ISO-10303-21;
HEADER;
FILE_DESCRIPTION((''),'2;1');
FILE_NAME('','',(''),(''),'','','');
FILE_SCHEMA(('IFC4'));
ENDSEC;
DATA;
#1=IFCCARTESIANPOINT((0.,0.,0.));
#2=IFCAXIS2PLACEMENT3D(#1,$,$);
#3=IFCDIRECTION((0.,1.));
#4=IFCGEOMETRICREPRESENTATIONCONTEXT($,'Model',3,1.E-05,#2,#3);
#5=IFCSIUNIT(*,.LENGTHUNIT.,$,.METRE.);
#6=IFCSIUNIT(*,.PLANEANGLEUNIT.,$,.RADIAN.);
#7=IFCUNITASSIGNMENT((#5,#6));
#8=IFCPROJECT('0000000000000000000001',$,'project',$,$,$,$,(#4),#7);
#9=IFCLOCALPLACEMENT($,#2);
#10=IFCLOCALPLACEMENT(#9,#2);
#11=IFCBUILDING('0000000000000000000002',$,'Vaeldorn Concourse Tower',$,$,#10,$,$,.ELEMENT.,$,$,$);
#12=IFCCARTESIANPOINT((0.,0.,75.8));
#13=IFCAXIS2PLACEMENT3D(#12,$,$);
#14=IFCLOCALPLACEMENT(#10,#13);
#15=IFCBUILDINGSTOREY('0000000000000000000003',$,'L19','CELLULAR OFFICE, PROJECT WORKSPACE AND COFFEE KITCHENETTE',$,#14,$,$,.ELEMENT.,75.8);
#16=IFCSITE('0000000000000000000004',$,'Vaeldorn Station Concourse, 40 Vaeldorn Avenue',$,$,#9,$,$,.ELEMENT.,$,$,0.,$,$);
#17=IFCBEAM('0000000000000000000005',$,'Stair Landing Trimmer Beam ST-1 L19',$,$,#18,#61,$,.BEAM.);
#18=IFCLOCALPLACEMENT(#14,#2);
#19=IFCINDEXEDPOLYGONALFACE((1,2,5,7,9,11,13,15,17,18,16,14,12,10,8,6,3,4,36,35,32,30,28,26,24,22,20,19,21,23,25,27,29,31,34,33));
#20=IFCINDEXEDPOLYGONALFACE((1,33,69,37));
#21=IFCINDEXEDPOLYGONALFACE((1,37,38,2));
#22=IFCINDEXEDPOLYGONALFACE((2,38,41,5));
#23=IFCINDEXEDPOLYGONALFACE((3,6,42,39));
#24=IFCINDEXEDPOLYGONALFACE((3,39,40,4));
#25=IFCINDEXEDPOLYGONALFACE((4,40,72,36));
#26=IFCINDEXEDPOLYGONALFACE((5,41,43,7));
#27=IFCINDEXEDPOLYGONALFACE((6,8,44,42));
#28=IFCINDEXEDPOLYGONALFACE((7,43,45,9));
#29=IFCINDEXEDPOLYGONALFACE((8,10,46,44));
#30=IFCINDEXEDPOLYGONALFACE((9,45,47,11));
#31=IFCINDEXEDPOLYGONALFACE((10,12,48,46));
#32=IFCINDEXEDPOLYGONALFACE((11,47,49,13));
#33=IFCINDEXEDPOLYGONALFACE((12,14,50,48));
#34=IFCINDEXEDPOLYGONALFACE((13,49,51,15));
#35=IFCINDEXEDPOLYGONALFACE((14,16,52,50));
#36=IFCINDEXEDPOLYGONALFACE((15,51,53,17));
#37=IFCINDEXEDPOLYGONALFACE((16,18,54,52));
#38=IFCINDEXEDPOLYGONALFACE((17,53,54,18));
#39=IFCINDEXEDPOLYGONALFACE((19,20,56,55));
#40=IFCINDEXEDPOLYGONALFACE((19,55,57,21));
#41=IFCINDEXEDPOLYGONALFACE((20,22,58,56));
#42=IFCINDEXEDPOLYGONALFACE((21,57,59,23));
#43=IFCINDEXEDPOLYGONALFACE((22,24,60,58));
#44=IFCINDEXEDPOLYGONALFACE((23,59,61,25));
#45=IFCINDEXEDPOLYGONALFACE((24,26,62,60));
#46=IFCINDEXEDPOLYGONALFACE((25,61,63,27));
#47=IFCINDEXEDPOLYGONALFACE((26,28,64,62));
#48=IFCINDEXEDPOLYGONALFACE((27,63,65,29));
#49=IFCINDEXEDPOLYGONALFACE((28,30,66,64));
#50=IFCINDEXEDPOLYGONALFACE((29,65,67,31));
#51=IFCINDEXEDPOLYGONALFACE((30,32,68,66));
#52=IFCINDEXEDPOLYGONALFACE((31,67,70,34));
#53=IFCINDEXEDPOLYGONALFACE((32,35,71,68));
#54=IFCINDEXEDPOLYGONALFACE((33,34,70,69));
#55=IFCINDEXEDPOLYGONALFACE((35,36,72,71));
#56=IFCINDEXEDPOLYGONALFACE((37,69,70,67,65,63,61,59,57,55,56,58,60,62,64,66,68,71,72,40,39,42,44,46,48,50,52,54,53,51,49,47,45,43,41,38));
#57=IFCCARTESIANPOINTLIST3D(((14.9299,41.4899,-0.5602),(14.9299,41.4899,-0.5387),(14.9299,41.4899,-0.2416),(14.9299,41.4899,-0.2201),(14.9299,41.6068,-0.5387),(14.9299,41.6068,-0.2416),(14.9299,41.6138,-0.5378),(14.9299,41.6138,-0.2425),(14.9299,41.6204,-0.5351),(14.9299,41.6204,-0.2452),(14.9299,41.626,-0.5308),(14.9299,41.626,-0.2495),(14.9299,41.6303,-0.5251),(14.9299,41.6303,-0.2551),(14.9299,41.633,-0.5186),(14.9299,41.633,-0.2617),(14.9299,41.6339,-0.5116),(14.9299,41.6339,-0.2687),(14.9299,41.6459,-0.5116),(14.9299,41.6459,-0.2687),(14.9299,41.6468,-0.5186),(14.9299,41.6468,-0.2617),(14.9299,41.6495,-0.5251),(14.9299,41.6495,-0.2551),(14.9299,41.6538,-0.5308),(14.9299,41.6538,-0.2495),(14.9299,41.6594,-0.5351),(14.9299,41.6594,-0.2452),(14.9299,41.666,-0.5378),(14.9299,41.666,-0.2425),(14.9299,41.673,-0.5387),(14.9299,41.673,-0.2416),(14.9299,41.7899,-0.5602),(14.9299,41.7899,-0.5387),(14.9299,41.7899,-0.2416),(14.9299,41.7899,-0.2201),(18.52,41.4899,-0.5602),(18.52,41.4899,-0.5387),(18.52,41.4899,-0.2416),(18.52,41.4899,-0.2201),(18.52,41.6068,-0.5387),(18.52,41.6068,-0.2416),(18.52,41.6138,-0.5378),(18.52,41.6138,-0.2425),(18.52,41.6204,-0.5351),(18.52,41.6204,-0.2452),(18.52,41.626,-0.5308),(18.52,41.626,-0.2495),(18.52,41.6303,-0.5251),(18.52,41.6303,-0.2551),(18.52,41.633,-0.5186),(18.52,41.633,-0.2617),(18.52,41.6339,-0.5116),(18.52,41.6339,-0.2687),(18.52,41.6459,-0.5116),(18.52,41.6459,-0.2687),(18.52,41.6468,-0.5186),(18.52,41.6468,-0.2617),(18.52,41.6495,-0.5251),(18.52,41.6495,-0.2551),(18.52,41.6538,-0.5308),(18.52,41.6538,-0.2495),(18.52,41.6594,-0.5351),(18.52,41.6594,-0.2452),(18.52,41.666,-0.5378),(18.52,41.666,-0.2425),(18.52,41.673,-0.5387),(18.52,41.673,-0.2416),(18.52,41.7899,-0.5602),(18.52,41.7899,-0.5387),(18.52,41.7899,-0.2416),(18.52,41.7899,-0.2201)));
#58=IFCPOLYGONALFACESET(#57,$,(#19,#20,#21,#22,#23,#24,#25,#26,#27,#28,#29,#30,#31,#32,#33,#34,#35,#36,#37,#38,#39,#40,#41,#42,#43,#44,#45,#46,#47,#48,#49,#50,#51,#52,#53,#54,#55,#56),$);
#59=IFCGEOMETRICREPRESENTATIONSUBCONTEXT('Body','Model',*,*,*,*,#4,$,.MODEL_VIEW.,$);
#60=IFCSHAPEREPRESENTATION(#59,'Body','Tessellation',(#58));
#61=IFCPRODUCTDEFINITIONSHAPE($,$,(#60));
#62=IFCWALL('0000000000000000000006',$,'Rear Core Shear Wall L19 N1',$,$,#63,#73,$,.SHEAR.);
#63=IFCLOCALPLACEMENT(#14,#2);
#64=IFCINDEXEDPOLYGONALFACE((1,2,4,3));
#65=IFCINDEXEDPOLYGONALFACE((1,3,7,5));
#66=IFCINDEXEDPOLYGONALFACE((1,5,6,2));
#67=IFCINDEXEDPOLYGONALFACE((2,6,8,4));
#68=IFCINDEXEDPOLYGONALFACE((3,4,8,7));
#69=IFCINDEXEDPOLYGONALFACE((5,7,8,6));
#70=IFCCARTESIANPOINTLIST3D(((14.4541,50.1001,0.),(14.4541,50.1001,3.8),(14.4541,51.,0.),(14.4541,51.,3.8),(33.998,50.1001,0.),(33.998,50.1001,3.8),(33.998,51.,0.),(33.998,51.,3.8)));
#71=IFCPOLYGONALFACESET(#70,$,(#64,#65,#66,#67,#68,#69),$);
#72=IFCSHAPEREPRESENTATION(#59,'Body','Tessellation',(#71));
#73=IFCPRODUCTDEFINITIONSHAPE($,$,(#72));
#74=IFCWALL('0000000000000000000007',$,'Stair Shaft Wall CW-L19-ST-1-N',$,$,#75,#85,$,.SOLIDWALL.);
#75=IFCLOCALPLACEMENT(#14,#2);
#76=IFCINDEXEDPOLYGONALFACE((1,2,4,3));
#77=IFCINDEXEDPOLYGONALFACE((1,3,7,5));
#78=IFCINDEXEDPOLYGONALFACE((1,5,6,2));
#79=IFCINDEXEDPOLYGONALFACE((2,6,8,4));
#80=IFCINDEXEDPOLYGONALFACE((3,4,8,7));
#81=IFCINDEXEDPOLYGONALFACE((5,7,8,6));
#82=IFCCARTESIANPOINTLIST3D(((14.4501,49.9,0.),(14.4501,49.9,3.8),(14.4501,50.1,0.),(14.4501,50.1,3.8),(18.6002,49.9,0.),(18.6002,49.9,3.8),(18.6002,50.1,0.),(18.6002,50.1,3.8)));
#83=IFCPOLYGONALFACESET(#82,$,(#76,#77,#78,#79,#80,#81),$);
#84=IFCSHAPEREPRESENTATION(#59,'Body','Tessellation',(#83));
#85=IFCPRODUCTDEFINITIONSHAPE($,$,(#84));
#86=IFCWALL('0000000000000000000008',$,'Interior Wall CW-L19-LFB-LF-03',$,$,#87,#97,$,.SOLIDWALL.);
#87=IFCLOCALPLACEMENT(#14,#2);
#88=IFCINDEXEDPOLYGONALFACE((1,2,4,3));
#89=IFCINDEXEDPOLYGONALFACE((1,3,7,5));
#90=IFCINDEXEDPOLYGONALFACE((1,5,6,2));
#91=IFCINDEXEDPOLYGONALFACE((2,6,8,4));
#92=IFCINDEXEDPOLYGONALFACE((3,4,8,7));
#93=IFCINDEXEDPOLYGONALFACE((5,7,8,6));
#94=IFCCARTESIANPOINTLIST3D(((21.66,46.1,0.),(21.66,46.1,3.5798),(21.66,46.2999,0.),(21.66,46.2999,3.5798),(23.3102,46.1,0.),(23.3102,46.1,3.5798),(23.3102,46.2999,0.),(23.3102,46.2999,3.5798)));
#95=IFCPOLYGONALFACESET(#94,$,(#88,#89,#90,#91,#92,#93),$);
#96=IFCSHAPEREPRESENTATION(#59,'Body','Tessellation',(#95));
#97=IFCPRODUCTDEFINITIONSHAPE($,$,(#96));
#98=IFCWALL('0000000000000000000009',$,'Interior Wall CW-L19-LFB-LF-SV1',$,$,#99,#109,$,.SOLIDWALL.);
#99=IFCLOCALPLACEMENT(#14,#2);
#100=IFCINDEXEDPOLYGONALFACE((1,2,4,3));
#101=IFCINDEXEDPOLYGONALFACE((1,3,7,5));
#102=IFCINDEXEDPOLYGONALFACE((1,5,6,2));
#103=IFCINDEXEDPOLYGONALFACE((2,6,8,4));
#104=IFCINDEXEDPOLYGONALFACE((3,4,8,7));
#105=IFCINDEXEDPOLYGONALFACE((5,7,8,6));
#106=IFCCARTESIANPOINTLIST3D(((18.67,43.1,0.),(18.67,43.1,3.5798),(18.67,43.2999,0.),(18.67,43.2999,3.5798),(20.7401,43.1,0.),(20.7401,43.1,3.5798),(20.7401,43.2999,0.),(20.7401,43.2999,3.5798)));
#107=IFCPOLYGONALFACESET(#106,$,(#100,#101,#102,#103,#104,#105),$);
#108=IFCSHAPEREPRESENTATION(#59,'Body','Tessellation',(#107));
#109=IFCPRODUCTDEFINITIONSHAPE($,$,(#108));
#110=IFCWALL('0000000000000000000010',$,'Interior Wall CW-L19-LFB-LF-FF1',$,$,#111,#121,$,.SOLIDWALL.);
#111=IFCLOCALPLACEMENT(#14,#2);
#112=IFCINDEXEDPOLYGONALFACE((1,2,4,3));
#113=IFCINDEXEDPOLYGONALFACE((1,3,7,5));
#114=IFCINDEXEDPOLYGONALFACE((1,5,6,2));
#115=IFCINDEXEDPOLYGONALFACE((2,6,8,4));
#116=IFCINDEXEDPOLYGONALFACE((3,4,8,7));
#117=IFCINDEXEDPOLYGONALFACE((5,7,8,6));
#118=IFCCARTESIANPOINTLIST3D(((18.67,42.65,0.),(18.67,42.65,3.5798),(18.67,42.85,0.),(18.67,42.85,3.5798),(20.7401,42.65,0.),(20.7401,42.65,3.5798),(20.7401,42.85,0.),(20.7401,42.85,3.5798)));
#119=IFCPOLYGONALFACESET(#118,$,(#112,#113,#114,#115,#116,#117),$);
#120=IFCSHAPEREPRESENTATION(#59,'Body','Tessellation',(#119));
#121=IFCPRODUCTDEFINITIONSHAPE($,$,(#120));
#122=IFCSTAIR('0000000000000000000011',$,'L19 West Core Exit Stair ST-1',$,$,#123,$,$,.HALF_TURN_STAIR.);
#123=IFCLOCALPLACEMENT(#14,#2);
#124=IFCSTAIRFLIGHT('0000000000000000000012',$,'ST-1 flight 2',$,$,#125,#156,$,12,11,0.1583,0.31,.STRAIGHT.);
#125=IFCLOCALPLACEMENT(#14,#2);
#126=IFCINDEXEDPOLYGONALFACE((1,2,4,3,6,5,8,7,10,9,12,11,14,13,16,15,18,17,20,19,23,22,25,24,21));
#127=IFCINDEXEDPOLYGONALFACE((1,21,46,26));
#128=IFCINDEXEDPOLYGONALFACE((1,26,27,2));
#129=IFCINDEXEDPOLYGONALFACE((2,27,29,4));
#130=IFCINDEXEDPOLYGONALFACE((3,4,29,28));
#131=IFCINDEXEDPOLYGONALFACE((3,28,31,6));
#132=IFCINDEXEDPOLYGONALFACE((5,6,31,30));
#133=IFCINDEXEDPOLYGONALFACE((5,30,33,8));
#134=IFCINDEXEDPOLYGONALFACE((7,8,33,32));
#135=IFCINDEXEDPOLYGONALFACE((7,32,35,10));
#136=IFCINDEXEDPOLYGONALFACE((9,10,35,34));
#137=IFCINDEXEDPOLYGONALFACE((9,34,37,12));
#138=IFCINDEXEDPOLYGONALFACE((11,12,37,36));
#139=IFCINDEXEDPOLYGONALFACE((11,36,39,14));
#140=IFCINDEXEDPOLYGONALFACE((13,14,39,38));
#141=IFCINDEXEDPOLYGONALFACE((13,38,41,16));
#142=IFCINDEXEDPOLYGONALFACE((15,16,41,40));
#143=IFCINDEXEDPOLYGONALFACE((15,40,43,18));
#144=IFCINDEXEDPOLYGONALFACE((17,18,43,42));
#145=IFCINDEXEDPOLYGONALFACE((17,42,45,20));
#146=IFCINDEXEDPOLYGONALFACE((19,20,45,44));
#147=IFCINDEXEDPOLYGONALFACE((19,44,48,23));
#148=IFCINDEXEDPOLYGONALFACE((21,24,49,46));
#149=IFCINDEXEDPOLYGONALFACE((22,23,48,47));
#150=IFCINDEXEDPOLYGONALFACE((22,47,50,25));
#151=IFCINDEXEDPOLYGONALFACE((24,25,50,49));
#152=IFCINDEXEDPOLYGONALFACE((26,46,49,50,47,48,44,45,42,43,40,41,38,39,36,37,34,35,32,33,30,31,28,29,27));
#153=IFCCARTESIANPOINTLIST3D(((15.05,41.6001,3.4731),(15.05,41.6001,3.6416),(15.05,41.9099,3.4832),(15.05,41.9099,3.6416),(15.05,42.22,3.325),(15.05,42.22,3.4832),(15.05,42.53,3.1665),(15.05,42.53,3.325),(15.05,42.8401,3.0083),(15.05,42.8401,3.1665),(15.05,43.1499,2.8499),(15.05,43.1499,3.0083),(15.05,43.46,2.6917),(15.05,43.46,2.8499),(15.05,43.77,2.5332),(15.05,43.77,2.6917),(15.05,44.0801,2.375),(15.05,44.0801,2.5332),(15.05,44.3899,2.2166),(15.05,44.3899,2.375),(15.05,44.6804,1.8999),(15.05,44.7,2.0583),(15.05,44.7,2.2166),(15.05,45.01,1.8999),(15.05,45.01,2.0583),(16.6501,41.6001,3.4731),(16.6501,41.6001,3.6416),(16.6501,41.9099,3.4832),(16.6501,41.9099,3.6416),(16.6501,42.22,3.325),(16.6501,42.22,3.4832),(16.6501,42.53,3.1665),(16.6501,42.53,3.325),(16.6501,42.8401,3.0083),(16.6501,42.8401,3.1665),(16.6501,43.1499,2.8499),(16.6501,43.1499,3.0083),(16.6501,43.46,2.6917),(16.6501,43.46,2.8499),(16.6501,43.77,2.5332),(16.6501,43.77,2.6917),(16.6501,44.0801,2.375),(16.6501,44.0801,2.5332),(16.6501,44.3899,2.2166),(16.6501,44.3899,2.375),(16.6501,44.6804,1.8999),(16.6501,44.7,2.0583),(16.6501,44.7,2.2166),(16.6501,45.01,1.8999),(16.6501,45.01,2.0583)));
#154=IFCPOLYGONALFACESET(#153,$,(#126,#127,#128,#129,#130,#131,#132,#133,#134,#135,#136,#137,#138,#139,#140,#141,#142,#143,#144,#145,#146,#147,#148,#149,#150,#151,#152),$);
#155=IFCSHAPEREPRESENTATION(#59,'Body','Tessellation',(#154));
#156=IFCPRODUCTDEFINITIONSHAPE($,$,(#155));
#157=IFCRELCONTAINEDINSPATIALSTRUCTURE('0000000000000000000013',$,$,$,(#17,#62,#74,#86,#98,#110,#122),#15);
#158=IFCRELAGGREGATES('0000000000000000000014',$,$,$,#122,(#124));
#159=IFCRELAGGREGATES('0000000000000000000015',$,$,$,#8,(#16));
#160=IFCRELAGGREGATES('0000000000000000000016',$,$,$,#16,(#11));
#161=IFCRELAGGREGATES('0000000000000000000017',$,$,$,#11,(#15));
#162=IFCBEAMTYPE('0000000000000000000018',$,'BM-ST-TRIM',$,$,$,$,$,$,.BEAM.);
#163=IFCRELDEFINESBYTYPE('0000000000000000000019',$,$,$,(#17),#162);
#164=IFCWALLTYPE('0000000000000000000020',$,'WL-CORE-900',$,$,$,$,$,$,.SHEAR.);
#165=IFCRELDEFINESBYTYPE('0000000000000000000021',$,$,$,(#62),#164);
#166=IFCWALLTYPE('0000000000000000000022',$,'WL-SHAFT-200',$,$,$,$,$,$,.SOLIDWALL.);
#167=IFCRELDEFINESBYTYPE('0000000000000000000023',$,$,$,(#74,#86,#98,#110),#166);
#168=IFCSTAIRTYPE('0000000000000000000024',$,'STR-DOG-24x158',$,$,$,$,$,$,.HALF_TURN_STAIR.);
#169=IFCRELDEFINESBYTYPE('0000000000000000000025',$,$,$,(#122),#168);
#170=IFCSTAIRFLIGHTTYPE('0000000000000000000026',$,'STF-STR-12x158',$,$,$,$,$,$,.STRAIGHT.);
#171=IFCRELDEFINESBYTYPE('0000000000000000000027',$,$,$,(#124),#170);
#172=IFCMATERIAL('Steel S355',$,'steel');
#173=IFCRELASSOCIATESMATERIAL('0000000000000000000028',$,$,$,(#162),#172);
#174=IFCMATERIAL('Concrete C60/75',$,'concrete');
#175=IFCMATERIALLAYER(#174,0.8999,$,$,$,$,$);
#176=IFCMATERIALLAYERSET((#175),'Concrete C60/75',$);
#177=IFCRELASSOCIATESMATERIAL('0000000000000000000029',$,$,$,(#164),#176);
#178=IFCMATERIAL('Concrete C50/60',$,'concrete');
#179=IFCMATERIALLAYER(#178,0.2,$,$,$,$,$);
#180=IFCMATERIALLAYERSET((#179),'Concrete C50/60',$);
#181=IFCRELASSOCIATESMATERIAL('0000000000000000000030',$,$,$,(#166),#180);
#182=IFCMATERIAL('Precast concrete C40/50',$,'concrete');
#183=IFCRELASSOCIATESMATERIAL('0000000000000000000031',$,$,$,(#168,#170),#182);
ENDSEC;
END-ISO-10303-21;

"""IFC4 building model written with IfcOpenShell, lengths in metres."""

from ifc_helpers import new_model, si_unit, direction, frame, frame_2d, origin, origin_2d, place, context, subcontext, project, spatial, polyline, rectangle, i_section, outline, extrude, source, transform, mapped, material, layer, layer_set, material_profile, profile_set, type_object, element, aggregate, save


model = new_model("IFC4")

# Units and contexts
model_context = context("Model", 3, precision=1e-05, world=origin(), true_north=direction((0.0, 1.0)))
body_context = subcontext(model_context, "Body", "Model", "MODEL_VIEW")
ifc_project = project(units=[si_unit("LENGTHUNIT", "METRE"), si_unit("PLANEANGLEUNIT", "RADIAN")], contexts=[model_context])

# Site, building, storey
site_placement = place(None, origin())
site = spatial("IfcSite", under=ifc_project, at=site_placement, Name="Vaeldorn Station Concourse, 40 Vaeldorn Avenue", CompositionType="ELEMENT", RefElevation=0.0)
building_placement = place(site_placement, origin())
building = spatial("IfcBuilding", under=site, at=building_placement, Name="Vaeldorn Concourse Tower", CompositionType="ELEMENT")
storey_placement = place(building_placement, frame((0.0, 0.0, 75.8)))
storey = spatial("IfcBuildingStorey", under=building, at=storey_placement, Name="L19", Description="CELLULAR OFFICE, PROJECT WORKSPACE AND COFFEE KITCHENETTE", CompositionType="ELEMENT", Elevation=75.8)

# Beam
ifc_material_1 = material(Name="Steel S355", Category="steel")
ifc_material_profile = material_profile(ifc_material_1, i_section(OverallWidth=0.3, OverallDepth=0.3401, WebThickness=0.012, FlangeThickness=0.0215, FilletRadius=0.0271, at=origin_2d()), Name="HEB 340")
ifc_profile_set = profile_set([ifc_material_profile], Name="Steel S355")
beam_type = type_object("IfcBeamType", Name="BM-ST-TRIM", PredefinedType="BEAM", material=ifc_profile_set)
shared_shape_1 = source(origin(), body_context, "Body", "SweptSolid", [
    extrude(i_section(OverallWidth=0.3, OverallDepth=0.3401, WebThickness=0.012, FlangeThickness=0.0215, FilletRadius=0.0271, at=origin_2d()), origin(), (0.0, 0.0, 1.0), 3.5901),
])
beam_placement = place(storey_placement, frame((14.9299, 41.6399, -0.3901), z_axis=(1.0, 0.0, 0.0), x_axis=(0.0, 1.0, 0.0)))
element("IfcBeam", 1, at=beam_placement, inside=storey, type_object=beam_type, Name="Stair Landing Trimmer Beam ST-1 L19", PredefinedType="BEAM", context=body_context, shape_type="MappedRepresentation", body=[
    mapped(shared_shape_1, transform((0.0, 0.0, 0.0), scale=1.0)),
])

# Walls
ifc_material_2 = material(Name="Concrete C60/75", Category="concrete")
ifc_layer_1 = layer(ifc_material_2, 0.8999)
ifc_layer_set_1 = layer_set([ifc_layer_1], Name="Concrete C60/75")
wall_type_1 = type_object("IfcWallType", Name="WL-CORE-900", PredefinedType="SHEAR", material=ifc_layer_set_1)
wall_1_placement = place(storey_placement, frame((14.4541, 50.55, 0.0), z_axis=(0.0, 0.0, 1.0), x_axis=(1.0, 0.0, 0.0)))
element("IfcWall", 2, at=wall_1_placement, inside=storey, type_object=wall_type_1, Name="Rear Core Shear Wall L19 N1", PredefinedType="SHEAR", context=body_context, shape_type="SweptSolid", body=[
    extrude(rectangle(XDim=19.5439, YDim=0.8999, at=frame_2d((9.772, 0.0))), origin(), (0.0, 0.0, 1.0), 3.8),
])
ifc_material_3 = material(Name="Concrete C50/60", Category="concrete")
ifc_layer_2 = layer(ifc_material_3, 0.2)
ifc_layer_set_2 = layer_set([ifc_layer_2], Name="Concrete C50/60")
wall_type_2 = type_object("IfcWallType", Name="WL-SHAFT-200", PredefinedType="SOLIDWALL", material=ifc_layer_set_2)
wall_2_placement = place(storey_placement, frame((14.45, 50.0, 0.0), z_axis=(0.0, 0.0, 1.0), x_axis=(1.0, 0.0, 0.0)))
element("IfcWall", 3, at=wall_2_placement, inside=storey, type_object=wall_type_2, Name="Stair Shaft Wall CW-L19-ST-1-N", PredefinedType="SOLIDWALL", context=body_context, shape_type="SweptSolid", body=[
    extrude(rectangle(XDim=4.1501, YDim=0.2, at=frame_2d((2.0752, 0.0))), origin(), (0.0, 0.0, 1.0), 3.8),
])

# Wall
wall_3_placement = place(storey_placement, frame((21.6599, 46.2, 0.0), z_axis=(0.0, 0.0, 1.0), x_axis=(1.0, 0.0, 0.0)))
element("IfcWall", 4, at=wall_3_placement, inside=storey, type_object=wall_type_2, Name="Interior Wall CW-L19-LFB-LF-03", PredefinedType="SOLIDWALL", context=body_context, shape_type="SweptSolid", body=[
    extrude(rectangle(XDim=1.6501, YDim=0.2, at=frame_2d((0.8252, 0.0))), origin(), (0.0, 0.0, 1.0), 3.5798),
])

# Walls
for number, where, z_axis, x_axis, name in (
    (5, (18.6699, 43.2, 0.0), (0.0, 0.0, 1.0), (1.0, 0.0, 0.0), "Interior Wall CW-L19-LFB-LF-SV1"),
    (6, (18.6699, 42.75, 0.0), (0.0, 0.0, 1.0), (1.0, 0.0, 0.0), "Interior Wall CW-L19-LFB-LF-FF1"),
):
    element("IfcWall", number, at=place(storey_placement, frame(where, z_axis=z_axis, x_axis=x_axis)), inside=storey, type_object=wall_type_2, Name=name, PredefinedType="SOLIDWALL", context=body_context, shape_type="SweptSolid", body=[
        extrude(rectangle(XDim=2.0701, YDim=0.2, at=frame_2d((1.0352, 0.0))), origin(), (0.0, 0.0, 1.0), 3.5798),
    ])

# Stair, stair flight
ifc_material_4 = material(Name="Precast concrete C40/50", Category="concrete")
stair_type = type_object("IfcStairType", Name="STR-DOG-24x158", PredefinedType="HALF_TURN_STAIR", material=ifc_material_4)
stair_placement = place(storey_placement, origin())
stair = element("IfcStair", 7, at=stair_placement, inside=storey, type_object=stair_type, Name="L19 West Core Exit Stair ST-1", PredefinedType="HALF_TURN_STAIR")
stair_flight_type = type_object("IfcStairFlightType", Name="STF-STR-12x158", PredefinedType="STRAIGHT", material=ifc_material_4)
stair_flight_placement = place(storey_placement, frame((15.8501, 45.01, 1.8999), z_axis=(0.0, 0.0, 1.0), x_axis=(0.0, -1.0, 0.0)))
stair_flight = element("IfcStairFlight", 8, at=stair_flight_placement, type_object=stair_flight_type, Name="ST-1 flight 2", NumberOfRisers=12, NumberOfTreads=11, PredefinedType="STRAIGHT", RiserHeight=0.1583, TreadLength=0.31, context=body_context, shape_type="SweptSolid", body=[
    extrude(outline(polyline([(0.0, 0.0), (0.0, 0.1584), (0.3101, 0.1584), (0.3101, 0.3167), (0.6201, 0.3167), (0.6201, 0.4751), (0.9299, 0.4751), (0.9299, 0.6333), (1.24, 0.6333), (1.24, 0.7917), (1.55, 0.7917), (1.55, 0.95), (1.8601, 0.95), (1.8601, 1.1084), (2.1699, 1.1084), (2.1699, 1.2666), (2.48, 1.2666), (2.48, 1.425), (2.79, 1.425), (2.79, 1.5833), (3.1001, 1.5833), (3.1001, 1.7417), (3.4099, 1.7417), (3.4099, 1.8999), (3.4099, 1.5732), (0.3296, 0.0), (0.0, 0.0)])), frame((0.0, 0.8, 0.0), z_axis=(0.0, -1.0, 0.0), x_axis=(1.0, 0.0, 0.0)), (0.0, 0.0, 1.0), 1.6001),
])
aggregate(stair, [stair_flight])

save(model, "model.ifc")
